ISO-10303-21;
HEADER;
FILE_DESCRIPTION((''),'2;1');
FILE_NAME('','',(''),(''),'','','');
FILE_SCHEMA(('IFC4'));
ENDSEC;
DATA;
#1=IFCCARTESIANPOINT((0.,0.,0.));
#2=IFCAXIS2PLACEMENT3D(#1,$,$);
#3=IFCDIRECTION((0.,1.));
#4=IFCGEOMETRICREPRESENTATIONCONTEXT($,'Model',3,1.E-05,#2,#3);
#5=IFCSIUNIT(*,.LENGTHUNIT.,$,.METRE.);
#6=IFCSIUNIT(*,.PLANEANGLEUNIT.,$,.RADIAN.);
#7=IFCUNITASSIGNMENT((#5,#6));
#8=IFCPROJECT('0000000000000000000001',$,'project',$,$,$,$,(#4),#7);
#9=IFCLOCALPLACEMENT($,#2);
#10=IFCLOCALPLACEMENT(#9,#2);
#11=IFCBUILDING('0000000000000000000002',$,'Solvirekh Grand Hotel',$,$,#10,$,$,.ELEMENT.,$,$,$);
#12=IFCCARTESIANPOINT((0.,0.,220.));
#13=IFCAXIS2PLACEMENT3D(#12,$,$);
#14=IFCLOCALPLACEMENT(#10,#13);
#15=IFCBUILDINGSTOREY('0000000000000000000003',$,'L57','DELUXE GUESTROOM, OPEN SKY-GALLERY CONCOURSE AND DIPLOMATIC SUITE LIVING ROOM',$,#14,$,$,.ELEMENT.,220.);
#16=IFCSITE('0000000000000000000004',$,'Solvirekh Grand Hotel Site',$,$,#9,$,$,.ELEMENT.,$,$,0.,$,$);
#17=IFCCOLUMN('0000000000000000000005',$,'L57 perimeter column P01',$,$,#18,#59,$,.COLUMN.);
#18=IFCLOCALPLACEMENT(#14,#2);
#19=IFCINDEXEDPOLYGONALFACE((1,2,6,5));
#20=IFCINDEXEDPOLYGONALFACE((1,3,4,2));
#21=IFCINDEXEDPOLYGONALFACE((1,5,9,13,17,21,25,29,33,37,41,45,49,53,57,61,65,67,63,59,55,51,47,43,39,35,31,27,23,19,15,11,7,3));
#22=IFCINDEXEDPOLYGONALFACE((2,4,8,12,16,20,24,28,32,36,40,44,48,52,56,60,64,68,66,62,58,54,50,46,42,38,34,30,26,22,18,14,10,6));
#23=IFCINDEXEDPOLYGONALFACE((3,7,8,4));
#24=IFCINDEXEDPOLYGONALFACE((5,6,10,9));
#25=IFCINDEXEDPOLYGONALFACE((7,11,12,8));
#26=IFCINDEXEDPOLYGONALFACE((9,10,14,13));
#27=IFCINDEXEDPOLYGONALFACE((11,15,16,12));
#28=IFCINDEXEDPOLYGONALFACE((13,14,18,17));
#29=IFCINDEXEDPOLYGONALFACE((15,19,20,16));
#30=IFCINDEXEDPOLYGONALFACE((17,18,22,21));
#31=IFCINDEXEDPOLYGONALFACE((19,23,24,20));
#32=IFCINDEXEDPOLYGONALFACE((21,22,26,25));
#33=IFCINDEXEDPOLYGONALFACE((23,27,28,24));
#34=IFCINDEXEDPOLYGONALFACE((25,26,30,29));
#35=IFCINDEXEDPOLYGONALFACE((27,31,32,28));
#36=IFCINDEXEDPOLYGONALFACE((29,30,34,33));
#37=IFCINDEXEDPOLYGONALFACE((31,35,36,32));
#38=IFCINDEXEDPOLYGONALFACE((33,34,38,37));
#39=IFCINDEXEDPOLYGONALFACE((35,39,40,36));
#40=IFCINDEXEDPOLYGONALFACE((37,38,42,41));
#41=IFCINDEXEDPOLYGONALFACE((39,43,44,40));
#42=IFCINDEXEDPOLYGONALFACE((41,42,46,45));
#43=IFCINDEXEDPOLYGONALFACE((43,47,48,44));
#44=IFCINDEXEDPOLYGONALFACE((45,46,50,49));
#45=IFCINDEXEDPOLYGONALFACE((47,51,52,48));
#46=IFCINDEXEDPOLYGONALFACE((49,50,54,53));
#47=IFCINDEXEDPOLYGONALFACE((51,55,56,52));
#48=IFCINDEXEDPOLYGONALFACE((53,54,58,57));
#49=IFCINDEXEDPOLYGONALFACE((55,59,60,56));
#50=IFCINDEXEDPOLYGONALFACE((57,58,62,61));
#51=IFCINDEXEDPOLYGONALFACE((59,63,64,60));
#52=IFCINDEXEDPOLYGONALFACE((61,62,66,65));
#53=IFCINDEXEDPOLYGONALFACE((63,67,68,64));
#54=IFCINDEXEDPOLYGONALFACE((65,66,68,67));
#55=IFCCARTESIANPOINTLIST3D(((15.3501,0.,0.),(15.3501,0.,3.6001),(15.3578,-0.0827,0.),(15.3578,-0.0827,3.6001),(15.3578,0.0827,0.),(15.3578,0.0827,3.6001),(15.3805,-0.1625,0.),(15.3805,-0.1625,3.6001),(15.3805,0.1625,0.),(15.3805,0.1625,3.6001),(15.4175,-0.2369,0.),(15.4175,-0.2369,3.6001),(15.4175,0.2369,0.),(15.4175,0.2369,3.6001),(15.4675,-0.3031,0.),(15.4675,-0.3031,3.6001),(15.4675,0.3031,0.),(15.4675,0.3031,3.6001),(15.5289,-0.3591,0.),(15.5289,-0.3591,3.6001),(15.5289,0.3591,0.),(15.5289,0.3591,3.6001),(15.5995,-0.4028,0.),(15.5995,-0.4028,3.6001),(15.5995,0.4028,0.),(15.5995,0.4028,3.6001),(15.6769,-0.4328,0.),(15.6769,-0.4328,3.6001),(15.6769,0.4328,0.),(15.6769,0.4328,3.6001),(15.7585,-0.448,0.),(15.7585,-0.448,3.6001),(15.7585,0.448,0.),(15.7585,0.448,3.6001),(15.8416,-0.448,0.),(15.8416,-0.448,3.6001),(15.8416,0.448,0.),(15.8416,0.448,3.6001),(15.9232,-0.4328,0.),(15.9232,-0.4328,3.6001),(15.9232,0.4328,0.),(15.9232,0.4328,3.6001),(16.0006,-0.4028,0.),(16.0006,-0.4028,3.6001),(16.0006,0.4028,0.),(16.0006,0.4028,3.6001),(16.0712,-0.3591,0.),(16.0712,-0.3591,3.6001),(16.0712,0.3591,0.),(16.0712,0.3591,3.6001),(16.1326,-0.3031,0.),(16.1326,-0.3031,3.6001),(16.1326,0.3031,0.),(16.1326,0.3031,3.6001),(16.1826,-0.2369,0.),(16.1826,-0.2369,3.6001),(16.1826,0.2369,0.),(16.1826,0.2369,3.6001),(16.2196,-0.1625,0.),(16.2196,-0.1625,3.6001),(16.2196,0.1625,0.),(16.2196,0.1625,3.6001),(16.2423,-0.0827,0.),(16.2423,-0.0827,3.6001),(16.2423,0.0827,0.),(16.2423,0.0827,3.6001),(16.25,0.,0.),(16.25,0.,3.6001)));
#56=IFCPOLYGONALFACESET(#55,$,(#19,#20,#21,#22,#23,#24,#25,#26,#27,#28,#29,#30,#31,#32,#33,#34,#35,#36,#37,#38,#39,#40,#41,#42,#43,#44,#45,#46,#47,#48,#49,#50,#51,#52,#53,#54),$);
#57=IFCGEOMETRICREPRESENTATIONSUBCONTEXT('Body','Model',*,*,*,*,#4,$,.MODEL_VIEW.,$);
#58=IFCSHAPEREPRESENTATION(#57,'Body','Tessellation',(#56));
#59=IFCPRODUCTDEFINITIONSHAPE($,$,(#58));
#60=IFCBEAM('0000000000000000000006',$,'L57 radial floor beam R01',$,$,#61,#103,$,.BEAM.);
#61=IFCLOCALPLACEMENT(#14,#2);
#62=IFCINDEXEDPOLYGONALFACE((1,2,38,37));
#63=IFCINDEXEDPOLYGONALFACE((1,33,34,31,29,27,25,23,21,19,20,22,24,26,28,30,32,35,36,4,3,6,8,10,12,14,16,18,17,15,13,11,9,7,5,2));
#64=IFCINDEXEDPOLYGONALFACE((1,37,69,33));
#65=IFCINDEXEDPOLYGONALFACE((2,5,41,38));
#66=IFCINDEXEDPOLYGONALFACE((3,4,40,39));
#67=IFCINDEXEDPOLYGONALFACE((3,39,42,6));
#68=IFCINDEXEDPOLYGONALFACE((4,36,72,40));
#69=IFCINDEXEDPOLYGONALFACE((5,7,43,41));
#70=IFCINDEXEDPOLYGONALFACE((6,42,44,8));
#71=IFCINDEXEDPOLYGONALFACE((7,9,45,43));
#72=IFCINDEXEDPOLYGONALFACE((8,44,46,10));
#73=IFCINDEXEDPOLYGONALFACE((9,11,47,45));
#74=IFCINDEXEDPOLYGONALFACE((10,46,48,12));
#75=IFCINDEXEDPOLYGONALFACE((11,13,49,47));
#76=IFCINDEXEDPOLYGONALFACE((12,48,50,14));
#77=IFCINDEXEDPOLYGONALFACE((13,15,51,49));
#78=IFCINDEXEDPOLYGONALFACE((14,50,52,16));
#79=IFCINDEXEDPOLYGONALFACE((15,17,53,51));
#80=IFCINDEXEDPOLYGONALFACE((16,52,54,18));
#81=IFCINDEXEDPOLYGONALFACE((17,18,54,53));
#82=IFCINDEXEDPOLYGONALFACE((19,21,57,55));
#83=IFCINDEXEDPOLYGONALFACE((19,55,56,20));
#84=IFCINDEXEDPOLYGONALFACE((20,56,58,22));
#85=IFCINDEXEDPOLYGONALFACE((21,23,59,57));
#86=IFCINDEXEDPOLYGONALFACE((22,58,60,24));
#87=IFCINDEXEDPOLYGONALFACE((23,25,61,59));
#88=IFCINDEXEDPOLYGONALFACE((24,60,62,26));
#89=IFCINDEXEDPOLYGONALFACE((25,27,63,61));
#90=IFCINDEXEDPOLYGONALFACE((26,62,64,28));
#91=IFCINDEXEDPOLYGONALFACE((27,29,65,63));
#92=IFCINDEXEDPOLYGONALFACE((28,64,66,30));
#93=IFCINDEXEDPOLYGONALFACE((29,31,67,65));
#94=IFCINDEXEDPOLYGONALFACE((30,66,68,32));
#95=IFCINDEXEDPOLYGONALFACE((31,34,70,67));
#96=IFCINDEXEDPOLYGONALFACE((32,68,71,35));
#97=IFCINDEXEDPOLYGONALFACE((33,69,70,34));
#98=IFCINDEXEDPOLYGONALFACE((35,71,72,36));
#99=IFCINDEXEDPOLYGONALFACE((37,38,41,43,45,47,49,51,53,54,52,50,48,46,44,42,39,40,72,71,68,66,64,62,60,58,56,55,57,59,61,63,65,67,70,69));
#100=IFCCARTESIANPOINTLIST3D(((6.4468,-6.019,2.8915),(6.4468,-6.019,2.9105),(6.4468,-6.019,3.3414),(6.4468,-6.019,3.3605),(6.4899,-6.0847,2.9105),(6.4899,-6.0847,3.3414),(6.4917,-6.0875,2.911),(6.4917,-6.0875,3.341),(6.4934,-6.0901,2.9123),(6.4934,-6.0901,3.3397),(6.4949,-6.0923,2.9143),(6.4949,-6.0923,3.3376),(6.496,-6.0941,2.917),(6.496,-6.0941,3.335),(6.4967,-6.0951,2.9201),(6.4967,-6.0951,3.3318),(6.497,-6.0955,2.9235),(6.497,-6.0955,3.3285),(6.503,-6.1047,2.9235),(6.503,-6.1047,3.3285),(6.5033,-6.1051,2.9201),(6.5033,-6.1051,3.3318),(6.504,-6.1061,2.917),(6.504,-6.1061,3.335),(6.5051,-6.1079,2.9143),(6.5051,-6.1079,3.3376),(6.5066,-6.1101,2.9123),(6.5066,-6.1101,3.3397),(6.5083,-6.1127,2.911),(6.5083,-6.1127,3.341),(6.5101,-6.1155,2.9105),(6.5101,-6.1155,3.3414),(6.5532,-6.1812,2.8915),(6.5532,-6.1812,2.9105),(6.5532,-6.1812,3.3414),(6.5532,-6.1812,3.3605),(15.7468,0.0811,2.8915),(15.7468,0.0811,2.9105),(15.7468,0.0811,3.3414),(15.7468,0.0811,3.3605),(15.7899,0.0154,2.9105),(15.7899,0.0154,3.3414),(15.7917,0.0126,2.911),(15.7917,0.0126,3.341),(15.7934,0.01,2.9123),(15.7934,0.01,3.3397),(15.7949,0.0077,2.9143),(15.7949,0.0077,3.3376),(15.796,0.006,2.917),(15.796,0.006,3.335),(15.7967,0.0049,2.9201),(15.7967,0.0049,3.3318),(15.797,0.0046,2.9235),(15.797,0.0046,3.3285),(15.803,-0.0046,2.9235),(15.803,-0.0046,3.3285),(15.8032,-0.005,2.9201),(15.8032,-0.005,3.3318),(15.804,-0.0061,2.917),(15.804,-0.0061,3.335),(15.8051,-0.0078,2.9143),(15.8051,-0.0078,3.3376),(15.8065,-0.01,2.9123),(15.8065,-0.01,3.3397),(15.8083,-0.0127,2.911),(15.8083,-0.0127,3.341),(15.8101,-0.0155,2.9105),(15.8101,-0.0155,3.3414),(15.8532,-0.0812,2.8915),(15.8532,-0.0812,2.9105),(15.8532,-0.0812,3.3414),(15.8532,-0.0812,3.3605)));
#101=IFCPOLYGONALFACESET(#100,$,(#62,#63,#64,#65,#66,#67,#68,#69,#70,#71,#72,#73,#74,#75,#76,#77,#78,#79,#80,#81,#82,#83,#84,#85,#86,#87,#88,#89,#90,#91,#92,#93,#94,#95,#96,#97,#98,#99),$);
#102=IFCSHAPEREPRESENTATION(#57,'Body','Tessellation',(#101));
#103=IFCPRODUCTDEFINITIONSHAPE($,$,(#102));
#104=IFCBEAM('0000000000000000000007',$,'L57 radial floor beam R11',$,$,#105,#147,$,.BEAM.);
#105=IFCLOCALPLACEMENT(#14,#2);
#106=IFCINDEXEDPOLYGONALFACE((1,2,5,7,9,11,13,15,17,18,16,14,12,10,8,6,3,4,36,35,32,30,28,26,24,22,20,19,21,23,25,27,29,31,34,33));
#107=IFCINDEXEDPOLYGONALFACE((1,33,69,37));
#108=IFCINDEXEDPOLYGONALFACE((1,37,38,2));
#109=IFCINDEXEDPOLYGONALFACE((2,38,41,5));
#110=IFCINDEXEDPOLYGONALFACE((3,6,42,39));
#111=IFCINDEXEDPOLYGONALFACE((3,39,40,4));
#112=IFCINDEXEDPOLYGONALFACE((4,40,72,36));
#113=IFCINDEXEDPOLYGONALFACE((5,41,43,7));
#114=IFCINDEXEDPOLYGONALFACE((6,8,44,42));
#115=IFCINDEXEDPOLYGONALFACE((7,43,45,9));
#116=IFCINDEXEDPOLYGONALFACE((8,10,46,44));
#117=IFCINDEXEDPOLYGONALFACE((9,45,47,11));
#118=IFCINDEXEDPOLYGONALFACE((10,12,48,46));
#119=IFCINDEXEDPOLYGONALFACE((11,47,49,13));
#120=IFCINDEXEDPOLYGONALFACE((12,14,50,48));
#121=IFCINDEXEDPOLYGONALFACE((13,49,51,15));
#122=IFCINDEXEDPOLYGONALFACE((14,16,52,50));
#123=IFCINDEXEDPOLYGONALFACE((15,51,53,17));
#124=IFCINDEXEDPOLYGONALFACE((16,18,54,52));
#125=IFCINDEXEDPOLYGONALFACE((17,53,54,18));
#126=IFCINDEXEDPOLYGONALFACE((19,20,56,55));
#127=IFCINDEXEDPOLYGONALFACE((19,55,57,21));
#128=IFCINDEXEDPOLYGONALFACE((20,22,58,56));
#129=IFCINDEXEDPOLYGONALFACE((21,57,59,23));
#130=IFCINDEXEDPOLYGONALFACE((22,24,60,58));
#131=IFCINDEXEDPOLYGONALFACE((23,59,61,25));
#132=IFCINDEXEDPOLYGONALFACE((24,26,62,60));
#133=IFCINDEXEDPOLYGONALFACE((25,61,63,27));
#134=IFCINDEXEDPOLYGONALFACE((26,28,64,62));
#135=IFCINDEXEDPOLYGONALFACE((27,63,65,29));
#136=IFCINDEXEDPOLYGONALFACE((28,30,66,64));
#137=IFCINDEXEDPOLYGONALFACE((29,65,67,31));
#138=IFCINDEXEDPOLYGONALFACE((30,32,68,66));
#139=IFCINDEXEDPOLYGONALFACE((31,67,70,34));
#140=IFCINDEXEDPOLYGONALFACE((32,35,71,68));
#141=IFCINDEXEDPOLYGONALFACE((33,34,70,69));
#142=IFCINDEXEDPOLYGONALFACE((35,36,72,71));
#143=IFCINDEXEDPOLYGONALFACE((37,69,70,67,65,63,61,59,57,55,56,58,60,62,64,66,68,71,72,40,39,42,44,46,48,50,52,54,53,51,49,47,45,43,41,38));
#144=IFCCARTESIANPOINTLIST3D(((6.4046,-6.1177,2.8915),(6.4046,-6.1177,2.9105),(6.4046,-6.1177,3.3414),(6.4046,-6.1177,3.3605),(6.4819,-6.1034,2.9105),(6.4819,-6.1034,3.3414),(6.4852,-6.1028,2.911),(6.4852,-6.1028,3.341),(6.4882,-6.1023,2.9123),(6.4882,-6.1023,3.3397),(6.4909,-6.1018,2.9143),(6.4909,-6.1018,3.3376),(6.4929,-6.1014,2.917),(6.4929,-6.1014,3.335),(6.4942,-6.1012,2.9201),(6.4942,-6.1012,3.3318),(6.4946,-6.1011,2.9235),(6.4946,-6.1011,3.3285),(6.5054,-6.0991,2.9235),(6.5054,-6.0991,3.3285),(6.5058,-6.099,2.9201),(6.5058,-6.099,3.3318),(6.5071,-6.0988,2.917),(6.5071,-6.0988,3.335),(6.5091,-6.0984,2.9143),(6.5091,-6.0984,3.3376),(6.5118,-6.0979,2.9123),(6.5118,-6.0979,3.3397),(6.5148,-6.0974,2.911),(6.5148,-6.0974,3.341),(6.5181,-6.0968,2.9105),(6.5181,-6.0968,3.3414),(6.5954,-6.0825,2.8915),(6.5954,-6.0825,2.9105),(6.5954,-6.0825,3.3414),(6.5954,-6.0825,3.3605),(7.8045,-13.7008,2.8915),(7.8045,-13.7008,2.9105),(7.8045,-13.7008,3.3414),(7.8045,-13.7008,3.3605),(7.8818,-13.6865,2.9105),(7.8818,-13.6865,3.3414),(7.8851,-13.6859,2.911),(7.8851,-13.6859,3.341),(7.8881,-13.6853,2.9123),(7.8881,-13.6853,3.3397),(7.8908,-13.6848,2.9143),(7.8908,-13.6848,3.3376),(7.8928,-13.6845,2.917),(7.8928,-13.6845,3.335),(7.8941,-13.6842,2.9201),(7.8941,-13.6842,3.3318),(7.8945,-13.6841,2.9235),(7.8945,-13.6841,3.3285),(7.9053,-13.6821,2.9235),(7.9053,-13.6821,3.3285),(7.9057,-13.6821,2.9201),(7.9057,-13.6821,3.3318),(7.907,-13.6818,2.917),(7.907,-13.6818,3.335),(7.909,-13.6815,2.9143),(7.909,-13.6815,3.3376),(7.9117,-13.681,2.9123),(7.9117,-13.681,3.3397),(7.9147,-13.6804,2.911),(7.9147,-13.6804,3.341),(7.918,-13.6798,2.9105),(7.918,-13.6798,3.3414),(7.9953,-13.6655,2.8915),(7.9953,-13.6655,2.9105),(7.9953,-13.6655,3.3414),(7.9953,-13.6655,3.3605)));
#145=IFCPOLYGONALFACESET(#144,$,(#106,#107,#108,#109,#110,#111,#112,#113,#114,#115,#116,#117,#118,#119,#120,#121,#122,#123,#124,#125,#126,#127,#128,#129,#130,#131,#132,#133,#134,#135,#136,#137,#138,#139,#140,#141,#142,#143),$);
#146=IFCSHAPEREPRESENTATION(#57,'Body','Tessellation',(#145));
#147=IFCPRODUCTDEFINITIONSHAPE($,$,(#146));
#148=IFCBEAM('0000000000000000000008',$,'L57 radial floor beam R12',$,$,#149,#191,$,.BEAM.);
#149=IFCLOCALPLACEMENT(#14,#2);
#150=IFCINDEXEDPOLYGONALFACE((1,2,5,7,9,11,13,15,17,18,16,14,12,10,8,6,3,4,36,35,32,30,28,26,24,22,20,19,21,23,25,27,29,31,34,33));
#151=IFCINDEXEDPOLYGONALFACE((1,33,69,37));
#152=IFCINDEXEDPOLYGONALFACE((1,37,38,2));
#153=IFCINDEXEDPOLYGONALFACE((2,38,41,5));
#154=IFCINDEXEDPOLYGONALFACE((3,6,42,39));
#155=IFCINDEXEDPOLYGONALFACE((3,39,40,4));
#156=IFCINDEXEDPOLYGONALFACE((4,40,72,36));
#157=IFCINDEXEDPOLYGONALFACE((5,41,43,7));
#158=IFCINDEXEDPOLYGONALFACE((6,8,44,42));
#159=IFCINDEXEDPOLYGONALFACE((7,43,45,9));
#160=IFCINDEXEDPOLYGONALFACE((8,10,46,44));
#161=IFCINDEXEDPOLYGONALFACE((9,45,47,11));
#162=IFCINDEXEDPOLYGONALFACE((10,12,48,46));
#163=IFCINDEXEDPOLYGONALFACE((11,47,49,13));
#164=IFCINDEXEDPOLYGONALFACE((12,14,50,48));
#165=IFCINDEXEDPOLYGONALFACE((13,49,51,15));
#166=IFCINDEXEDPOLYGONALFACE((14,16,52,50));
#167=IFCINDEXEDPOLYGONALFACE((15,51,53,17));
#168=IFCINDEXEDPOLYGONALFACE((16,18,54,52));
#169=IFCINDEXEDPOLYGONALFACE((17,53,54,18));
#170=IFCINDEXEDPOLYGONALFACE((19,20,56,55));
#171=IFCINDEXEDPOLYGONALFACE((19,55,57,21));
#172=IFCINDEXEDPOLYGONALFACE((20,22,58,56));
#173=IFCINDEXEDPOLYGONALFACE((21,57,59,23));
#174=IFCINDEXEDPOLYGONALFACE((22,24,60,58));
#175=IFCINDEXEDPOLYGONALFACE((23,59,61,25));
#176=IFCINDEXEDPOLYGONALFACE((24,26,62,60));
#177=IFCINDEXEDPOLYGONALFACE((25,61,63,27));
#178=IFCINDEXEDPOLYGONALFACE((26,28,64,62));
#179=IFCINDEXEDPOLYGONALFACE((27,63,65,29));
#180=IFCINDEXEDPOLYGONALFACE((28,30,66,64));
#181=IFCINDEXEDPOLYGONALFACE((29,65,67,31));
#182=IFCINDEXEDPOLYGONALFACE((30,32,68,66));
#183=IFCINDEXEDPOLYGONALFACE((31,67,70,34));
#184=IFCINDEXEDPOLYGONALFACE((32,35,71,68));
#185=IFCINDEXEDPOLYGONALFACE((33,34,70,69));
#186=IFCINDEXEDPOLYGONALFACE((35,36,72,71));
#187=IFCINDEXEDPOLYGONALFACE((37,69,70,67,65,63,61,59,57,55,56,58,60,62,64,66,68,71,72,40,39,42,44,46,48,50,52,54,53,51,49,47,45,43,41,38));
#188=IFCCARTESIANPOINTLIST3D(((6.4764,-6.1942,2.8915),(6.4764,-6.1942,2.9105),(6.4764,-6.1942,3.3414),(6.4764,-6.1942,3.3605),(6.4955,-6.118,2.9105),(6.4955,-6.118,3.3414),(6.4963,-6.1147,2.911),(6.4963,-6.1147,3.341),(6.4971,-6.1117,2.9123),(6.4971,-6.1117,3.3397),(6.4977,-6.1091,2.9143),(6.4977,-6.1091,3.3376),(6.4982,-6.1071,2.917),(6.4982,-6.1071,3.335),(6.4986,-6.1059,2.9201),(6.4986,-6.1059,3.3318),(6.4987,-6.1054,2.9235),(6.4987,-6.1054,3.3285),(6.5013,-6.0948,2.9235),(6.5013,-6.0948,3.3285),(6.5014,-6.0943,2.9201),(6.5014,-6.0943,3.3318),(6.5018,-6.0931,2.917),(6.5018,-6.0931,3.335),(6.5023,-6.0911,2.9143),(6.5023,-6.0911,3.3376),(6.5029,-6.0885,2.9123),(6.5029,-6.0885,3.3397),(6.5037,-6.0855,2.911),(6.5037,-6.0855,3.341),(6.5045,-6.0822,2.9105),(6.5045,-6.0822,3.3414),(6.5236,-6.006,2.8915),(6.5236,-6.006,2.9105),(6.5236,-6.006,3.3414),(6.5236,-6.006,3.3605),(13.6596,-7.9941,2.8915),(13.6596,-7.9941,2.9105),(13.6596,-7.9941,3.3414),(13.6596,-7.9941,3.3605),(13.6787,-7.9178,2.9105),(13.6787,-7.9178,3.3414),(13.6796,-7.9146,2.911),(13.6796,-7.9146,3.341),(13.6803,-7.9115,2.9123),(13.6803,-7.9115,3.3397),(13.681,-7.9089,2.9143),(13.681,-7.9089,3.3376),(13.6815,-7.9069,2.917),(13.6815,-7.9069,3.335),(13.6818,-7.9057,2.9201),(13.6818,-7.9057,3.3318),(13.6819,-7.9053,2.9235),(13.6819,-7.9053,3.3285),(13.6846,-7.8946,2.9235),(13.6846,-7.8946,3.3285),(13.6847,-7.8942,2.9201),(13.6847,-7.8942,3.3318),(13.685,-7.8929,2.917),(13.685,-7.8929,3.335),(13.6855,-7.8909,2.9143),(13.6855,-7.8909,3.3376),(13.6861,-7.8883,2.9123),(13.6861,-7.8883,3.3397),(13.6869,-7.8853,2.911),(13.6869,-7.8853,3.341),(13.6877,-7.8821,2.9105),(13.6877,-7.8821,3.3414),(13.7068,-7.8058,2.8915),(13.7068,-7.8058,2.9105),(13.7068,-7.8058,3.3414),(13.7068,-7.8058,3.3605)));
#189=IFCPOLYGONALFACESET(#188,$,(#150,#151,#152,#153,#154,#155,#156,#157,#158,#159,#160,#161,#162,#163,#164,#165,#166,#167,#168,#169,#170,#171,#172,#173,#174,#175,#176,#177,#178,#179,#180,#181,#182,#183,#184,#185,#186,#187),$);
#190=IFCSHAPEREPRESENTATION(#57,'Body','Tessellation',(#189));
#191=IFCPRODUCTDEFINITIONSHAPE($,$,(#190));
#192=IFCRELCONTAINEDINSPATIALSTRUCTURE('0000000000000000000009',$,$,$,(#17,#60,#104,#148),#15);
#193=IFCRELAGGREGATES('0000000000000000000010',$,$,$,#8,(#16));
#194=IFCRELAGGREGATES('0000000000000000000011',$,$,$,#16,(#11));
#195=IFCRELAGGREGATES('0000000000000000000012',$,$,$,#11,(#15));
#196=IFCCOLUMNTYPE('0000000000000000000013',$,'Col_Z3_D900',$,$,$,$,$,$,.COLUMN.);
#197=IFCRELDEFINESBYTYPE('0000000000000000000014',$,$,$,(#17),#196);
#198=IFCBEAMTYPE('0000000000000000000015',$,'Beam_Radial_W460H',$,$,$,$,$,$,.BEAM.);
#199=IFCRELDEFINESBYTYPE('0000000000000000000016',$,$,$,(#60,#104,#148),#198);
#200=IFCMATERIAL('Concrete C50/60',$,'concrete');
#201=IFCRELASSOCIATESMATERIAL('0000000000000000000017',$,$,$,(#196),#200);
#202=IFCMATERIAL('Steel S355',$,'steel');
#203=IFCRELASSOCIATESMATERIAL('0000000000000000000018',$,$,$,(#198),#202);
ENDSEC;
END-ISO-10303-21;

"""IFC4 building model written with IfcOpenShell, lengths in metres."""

from ifc_helpers import new_model, si_unit, direction, frame, origin, origin_2d, place, context, subcontext, project, spatial, circle, i_section, extrude, material, material_profile, profile_set, type_object, element, save


model = new_model("IFC4")

# Units and contexts
model_context = context("Model", 3, precision=1e-05, world=origin(), true_north=direction((0.0, 1.0)))
body_context = subcontext(model_context, "Body", "Model", "MODEL_VIEW")
ifc_project = project(units=[si_unit("LENGTHUNIT", "METRE"), si_unit("PLANEANGLEUNIT", "RADIAN")], contexts=[model_context])

# Site, building, storey
site_placement = place(None, origin())
site = spatial("IfcSite", under=ifc_project, at=site_placement, Name="Solvirekh Grand Hotel Site", CompositionType="ELEMENT", RefElevation=0.0)
building_placement = place(site_placement, origin())
building = spatial("IfcBuilding", under=site, at=building_placement, Name="Solvirekh Grand Hotel", CompositionType="ELEMENT")
storey_placement = place(building_placement, frame((0.0, 0.0, 220.0)))
storey = spatial("IfcBuildingStorey", under=building, at=storey_placement, Name="L57", Description="DELUXE GUESTROOM, OPEN SKY-GALLERY CONCOURSE AND DIPLOMATIC SUITE LIVING ROOM", CompositionType="ELEMENT", Elevation=220.0)

# Column
ifc_material_1 = material(Name="Concrete C50/60", Category="concrete")
ifc_material_profile_1 = material_profile(ifc_material_1, circle(Radius=0.45, at=origin_2d()), Name="RC CIRC D900")
ifc_profile_set_1 = profile_set([ifc_material_profile_1], Name="Concrete C50/60")
column_type = type_object("IfcColumnType", Name="Col_Z3_D900", PredefinedType="COLUMN", material=ifc_profile_set_1)
column_placement = place(storey_placement, frame((15.8, 0.0, 0.0), z_axis=(0.0, 0.0, 1.0), x_axis=(1.0, 0.0, 0.0)))
element("IfcColumn", 1, at=column_placement, inside=storey, type_object=column_type, Name="L57 perimeter column P01", PredefinedType="COLUMN", context=body_context, shape_type="SweptSolid", body=[
    extrude(circle(Radius=0.45, at=origin_2d()), origin(), (0.0, 0.0, 1.0), 3.6001),
])

# Beams
ifc_material_2 = material(Name="Steel S355", Category="steel")
ifc_material_profile_2 = material_profile(ifc_material_2, i_section(OverallWidth=0.1941, OverallDepth=0.469, WebThickness=0.011, FlangeThickness=0.019, FilletRadius=0.0129, at=origin_2d()), Name="W460X106")
ifc_profile_set_2 = profile_set([ifc_material_profile_2], Name="Steel S355")
beam_type_1 = type_object("IfcBeamType", Name="Beam_Radial_W460H", PredefinedType="BEAM", material=ifc_profile_set_2)
beam_1_placement = place(storey_placement, frame((6.5, -6.1001, 3.126), z_axis=(0.836174, 0.548464, 0.0), x_axis=(-0.548464, 0.836174, 0.0)))
element("IfcBeam", 2, at=beam_1_placement, inside=storey, type_object=beam_type_1, Name="L57 radial floor beam R01", PredefinedType="BEAM", context=body_context, shape_type="SweptSolid", body=[
    extrude(i_section(OverallWidth=0.1941, OverallDepth=0.469, WebThickness=0.011, FlangeThickness=0.019, FilletRadius=0.0129, at=origin_2d()), origin(), (0.0, 0.0, 1.0), 11.1221),
])
beam_2_placement = place(storey_placement, frame((6.5, -6.1001, 3.126), z_axis=(0.181543, -0.983383, 0.0), x_axis=(0.983383, 0.181543, 0.0)))
element("IfcBeam", 3, at=beam_2_placement, inside=storey, type_object=beam_type_1, Name="L57 radial floor beam R11", PredefinedType="BEAM", context=body_context, shape_type="SweptSolid", body=[
    extrude(i_section(OverallWidth=0.1941, OverallDepth=0.469, WebThickness=0.011, FlangeThickness=0.019, FilletRadius=0.0129, at=origin_2d()), origin(), (0.0, 0.0, 1.0), 7.7112),
])
beam_3_placement = place(storey_placement, frame((6.5, -6.1001, 3.126), z_axis=(0.970014, -0.243048, 0.0), x_axis=(0.243048, 0.970014, 0.0)))
element("IfcBeam", 4, at=beam_3_placement, inside=storey, type_object=beam_type_1, Name="L57 radial floor beam R12", PredefinedType="BEAM", context=body_context, shape_type="SweptSolid", body=[
    extrude(i_section(OverallWidth=0.1941, OverallDepth=0.469, WebThickness=0.011, FlangeThickness=0.019, FilletRadius=0.0129, at=origin_2d()), origin(), (0.0, 0.0, 1.0), 7.4053),
])

save(model, "model.ifc")
